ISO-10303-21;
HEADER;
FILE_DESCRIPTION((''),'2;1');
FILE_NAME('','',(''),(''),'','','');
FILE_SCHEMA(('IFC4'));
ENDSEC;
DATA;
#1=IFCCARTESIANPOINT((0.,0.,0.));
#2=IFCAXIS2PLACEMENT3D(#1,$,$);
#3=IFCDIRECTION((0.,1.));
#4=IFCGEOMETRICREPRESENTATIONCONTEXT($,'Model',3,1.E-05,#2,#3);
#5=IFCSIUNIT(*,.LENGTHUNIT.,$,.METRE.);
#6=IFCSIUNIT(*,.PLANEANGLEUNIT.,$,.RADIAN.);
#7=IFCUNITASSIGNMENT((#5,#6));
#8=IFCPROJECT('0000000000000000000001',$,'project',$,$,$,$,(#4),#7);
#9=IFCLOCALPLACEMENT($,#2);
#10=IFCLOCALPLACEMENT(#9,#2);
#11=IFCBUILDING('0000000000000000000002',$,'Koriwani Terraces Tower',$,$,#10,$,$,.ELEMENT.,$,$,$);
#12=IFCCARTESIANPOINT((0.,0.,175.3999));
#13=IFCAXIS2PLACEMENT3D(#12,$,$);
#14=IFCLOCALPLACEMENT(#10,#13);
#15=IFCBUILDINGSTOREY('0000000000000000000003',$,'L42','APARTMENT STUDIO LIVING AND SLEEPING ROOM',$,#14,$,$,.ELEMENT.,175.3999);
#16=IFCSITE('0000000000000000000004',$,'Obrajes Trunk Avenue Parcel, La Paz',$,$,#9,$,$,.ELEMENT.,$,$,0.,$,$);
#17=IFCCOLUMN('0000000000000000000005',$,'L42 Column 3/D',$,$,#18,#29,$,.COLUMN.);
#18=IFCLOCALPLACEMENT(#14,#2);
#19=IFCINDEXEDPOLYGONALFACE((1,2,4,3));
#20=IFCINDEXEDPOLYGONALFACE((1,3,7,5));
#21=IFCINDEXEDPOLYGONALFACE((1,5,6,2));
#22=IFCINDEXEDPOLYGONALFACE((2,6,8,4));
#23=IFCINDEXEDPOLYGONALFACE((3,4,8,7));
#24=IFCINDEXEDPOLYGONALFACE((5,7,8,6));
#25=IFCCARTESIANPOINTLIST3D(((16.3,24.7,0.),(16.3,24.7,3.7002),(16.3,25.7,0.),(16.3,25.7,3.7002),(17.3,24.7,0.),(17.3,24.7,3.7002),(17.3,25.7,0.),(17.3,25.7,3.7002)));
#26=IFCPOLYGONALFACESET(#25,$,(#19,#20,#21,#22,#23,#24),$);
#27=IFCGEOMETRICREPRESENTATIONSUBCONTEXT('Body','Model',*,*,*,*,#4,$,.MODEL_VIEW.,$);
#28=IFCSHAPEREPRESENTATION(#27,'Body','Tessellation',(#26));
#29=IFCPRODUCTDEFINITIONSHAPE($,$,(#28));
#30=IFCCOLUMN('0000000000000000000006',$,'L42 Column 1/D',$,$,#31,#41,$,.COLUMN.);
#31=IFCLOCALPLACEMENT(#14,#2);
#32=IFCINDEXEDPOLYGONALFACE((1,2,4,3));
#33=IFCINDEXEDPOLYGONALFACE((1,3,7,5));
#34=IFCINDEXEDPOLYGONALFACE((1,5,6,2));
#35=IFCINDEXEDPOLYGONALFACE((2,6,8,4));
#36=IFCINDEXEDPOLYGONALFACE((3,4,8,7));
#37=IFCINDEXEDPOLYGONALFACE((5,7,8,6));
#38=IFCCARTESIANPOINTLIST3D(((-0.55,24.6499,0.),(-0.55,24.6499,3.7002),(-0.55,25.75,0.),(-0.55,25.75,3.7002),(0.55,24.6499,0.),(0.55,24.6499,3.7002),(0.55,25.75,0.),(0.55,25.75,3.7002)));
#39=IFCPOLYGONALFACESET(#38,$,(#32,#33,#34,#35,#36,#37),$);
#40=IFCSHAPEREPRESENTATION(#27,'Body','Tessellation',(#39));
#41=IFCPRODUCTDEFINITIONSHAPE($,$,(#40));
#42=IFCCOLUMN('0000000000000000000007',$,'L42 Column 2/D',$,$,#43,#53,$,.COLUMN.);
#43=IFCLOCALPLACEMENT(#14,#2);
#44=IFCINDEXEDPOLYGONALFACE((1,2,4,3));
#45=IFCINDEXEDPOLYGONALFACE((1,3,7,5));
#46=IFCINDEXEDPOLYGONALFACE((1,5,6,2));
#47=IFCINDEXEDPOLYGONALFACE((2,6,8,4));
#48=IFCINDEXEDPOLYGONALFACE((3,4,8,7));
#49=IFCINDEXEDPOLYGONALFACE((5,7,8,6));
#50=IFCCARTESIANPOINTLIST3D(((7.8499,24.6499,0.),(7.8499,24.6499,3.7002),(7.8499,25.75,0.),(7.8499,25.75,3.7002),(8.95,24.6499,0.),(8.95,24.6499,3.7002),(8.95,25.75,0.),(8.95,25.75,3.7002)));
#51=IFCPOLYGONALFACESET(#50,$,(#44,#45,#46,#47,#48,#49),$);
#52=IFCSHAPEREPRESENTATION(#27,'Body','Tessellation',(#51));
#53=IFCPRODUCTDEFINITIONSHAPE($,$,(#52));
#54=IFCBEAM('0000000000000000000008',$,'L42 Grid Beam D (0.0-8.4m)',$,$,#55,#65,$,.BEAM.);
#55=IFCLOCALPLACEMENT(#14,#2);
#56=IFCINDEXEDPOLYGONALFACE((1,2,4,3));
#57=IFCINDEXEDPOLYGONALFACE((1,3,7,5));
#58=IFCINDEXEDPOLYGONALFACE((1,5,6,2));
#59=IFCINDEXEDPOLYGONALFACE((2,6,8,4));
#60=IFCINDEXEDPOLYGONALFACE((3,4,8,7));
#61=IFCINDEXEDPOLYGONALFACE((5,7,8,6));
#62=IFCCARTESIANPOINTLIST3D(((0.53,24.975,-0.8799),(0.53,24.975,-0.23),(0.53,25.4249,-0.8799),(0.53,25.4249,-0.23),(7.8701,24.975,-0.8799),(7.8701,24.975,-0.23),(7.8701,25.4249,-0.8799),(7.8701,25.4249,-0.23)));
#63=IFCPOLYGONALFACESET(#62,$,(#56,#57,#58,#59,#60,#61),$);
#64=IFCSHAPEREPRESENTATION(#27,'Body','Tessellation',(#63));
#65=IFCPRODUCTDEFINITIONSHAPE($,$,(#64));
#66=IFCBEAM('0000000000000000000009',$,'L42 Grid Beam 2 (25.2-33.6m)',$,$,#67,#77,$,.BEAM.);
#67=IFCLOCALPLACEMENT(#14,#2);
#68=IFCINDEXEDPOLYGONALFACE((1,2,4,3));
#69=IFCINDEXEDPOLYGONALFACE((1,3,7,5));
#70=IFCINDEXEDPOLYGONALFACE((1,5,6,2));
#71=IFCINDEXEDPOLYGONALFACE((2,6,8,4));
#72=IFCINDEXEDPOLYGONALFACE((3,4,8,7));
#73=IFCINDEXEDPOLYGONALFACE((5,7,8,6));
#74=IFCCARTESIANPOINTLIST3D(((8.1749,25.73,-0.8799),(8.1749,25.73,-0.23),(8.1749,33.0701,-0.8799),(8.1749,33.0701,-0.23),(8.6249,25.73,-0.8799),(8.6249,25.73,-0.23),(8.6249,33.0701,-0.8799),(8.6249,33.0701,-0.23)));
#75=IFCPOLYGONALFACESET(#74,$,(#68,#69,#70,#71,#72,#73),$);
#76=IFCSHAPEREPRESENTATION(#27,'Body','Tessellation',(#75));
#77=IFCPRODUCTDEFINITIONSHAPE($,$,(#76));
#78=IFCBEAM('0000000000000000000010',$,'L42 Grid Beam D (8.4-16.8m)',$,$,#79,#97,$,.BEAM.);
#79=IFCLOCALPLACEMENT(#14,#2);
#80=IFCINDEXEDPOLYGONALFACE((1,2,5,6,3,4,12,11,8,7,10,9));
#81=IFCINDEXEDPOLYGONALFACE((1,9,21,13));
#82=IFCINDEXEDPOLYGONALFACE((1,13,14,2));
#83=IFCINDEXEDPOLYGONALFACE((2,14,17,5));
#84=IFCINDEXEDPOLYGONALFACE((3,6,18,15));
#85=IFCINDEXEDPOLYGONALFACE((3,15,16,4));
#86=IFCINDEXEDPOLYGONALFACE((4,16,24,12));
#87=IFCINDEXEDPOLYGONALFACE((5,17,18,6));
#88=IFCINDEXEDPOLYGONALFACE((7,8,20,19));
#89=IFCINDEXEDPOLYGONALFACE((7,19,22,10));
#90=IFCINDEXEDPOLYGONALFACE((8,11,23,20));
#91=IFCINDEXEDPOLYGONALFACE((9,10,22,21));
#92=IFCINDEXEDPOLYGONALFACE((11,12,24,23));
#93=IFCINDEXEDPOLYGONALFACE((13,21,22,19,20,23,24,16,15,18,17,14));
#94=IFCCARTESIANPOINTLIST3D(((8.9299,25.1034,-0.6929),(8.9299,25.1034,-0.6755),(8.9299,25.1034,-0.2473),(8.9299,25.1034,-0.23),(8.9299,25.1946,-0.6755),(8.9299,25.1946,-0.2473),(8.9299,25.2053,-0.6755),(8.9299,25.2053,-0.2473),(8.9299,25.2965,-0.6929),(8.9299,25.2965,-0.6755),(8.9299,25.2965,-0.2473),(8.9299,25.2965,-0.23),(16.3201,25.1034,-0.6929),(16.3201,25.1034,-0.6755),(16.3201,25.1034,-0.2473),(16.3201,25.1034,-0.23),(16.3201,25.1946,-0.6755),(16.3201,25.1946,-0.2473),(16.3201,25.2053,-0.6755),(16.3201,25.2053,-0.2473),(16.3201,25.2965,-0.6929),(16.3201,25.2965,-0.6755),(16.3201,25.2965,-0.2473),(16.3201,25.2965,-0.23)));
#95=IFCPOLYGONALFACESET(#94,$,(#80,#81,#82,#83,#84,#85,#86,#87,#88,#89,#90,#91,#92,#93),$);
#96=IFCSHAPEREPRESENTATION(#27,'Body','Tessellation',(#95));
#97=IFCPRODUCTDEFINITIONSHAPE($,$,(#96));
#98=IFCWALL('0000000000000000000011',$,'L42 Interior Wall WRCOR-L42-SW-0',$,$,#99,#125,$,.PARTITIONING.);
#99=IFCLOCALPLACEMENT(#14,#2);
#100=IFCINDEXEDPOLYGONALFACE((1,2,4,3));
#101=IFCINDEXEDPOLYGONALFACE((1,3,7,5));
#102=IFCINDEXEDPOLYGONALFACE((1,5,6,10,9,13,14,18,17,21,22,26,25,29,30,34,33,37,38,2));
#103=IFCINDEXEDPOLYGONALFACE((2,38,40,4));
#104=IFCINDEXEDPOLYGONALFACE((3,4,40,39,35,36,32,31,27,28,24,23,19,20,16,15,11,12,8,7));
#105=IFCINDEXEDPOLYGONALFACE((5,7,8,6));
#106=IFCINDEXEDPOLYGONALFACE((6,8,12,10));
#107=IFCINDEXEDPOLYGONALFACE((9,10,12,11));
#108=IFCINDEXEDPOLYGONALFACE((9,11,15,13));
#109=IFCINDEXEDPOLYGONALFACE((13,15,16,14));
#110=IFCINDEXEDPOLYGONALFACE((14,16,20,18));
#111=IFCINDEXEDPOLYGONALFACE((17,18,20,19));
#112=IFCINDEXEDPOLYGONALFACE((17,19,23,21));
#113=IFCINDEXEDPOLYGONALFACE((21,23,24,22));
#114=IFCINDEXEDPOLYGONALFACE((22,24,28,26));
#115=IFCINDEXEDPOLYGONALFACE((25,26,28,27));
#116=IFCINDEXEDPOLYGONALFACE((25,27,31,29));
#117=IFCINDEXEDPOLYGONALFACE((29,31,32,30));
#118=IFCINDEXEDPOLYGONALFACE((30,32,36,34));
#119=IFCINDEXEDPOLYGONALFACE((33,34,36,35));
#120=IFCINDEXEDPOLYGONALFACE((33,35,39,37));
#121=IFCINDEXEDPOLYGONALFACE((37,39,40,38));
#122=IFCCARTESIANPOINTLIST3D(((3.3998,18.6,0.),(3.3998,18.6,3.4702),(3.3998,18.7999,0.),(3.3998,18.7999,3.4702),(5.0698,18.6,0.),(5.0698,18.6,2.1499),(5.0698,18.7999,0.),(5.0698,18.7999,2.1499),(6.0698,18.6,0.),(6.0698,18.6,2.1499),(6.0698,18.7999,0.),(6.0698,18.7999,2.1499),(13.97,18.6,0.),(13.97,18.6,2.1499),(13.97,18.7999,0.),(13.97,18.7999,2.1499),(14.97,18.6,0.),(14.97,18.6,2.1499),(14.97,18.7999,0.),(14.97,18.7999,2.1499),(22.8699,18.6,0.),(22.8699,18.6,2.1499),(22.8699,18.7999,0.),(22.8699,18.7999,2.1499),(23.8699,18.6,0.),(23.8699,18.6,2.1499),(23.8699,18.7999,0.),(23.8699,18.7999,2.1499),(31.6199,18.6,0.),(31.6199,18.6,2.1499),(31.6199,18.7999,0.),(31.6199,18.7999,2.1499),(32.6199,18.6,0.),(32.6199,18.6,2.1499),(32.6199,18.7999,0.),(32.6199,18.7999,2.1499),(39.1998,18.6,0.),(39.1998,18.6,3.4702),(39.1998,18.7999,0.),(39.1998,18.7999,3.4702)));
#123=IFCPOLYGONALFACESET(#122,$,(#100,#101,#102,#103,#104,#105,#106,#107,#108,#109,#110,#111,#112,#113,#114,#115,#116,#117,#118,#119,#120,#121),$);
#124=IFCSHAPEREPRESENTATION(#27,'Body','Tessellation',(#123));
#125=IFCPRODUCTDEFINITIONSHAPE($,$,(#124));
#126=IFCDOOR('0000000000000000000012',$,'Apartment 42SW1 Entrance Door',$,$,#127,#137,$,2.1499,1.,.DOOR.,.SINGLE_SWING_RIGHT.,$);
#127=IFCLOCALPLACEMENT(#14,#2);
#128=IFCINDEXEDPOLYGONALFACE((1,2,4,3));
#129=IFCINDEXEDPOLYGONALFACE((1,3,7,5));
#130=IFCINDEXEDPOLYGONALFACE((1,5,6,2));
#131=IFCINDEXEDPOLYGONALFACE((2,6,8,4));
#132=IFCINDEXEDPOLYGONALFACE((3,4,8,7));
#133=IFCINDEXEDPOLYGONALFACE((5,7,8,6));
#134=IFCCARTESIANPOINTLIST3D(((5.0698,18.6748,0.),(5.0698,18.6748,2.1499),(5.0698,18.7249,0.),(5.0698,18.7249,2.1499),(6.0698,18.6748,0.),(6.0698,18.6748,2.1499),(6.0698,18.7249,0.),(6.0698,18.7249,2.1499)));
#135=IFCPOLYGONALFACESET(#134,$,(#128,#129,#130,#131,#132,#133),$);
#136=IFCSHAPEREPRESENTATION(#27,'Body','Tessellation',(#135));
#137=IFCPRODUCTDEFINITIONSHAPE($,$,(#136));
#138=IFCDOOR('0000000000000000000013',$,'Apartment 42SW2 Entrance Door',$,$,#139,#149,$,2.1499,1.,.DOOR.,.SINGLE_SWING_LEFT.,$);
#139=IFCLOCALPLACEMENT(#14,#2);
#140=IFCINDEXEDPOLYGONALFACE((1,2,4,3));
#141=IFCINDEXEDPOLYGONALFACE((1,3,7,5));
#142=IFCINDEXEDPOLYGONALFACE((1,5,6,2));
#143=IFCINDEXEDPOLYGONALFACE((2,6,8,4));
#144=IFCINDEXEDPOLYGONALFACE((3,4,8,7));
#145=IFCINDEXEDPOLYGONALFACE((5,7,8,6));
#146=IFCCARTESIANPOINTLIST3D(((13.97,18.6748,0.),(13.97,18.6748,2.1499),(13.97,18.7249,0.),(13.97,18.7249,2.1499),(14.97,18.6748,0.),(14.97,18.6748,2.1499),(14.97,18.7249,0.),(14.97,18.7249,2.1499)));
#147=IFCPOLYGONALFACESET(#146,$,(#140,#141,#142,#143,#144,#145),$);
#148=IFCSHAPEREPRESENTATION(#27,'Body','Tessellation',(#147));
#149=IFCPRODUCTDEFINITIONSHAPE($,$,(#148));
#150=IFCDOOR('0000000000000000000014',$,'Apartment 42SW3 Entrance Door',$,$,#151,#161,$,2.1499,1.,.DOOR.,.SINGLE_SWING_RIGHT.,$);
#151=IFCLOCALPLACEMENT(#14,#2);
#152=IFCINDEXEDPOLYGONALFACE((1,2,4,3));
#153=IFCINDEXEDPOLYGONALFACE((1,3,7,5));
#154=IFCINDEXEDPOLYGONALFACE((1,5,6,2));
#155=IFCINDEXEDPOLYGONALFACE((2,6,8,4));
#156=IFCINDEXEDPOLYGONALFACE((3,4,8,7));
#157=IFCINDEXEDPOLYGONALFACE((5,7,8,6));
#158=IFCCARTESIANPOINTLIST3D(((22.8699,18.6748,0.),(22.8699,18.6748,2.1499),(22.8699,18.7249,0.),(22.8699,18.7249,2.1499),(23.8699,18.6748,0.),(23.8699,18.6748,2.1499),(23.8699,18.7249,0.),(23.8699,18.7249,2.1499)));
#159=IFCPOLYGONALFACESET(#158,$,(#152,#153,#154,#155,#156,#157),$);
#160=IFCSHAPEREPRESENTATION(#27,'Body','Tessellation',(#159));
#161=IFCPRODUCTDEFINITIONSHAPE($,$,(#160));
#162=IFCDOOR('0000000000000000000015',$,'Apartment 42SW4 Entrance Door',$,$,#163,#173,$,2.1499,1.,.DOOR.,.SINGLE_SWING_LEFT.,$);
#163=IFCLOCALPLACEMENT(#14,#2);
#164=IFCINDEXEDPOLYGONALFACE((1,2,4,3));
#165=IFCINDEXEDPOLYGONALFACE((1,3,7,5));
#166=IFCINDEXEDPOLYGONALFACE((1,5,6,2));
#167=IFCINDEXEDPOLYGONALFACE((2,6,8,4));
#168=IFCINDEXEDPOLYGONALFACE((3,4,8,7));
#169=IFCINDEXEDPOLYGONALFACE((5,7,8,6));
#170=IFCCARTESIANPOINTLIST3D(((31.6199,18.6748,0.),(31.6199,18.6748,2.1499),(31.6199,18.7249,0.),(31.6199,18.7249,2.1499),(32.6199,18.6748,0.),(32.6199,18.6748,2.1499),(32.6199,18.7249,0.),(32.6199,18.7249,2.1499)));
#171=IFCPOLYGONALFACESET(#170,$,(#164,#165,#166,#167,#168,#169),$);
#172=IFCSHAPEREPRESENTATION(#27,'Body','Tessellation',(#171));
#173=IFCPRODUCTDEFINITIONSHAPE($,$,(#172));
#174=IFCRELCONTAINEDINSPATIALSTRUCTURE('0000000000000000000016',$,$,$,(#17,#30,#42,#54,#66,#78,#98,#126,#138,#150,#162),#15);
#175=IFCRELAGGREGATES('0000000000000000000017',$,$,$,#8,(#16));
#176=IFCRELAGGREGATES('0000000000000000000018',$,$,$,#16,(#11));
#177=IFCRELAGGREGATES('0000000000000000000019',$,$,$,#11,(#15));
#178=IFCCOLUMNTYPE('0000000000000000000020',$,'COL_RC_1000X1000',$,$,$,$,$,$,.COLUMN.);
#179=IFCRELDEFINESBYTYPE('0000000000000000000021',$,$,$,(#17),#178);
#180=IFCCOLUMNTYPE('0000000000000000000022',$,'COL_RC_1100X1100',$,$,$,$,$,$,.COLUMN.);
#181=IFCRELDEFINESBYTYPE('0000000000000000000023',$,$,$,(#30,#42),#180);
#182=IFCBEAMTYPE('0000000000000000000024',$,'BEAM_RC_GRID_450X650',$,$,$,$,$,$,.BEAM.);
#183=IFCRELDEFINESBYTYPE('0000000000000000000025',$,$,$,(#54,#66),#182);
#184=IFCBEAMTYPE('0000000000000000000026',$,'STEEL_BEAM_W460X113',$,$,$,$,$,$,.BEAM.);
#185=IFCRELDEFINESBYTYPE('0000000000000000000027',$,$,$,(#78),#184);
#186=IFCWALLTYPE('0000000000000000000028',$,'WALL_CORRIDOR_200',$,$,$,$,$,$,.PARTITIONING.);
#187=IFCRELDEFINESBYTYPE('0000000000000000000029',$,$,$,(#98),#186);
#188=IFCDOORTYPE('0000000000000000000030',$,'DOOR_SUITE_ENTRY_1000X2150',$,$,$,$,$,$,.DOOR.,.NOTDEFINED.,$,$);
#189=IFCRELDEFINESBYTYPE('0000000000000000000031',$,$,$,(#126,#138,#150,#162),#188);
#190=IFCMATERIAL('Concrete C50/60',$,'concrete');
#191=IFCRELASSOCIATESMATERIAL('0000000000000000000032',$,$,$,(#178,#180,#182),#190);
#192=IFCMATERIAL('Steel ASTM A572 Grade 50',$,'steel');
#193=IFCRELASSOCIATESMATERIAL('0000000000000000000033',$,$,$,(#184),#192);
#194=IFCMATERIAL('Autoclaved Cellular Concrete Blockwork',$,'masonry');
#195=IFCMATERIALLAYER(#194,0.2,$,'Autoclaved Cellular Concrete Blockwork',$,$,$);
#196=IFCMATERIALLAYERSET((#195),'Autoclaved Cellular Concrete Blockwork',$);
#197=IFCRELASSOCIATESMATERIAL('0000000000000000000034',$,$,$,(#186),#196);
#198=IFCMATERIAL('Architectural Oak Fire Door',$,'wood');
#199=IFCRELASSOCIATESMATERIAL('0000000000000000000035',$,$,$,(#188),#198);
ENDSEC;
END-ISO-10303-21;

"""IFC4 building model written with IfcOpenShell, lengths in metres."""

from ifc_helpers import new_model, si_unit, direction, frame, frame_2d, origin, origin_2d, place, context, subcontext, project, spatial, rectangle, i_section, extrude, material, layer, layer_set, material_profile, profile_set, type_object, element, fill, save


model = new_model("IFC4")

# Units and contexts
model_context = context("Model", 3, precision=1e-05, world=origin(), true_north=direction((0.0, 1.0)))
body_context = subcontext(model_context, "Body", "Model", "MODEL_VIEW")
ifc_project = project(units=[si_unit("LENGTHUNIT", "METRE"), si_unit("PLANEANGLEUNIT", "RADIAN")], contexts=[model_context])

# Site, building, storey
site_placement = place(None, origin())
site = spatial("IfcSite", under=ifc_project, at=site_placement, Name="Obrajes Trunk Avenue Parcel, La Paz", CompositionType="ELEMENT", RefElevation=0.0)
building_placement = place(site_placement, origin())
building = spatial("IfcBuilding", under=site, at=building_placement, Name="Koriwani Terraces Tower", CompositionType="ELEMENT")
storey_placement = place(building_placement, frame((0.0, 0.0, 175.3999)))
storey = spatial("IfcBuildingStorey", under=building, at=storey_placement, Name="L42", Description="APARTMENT STUDIO LIVING AND SLEEPING ROOM", CompositionType="ELEMENT", Elevation=175.3999)

# Columns
ifc_material_1 = material(Name="Concrete C50/60", Category="concrete")
ifc_material_profile_1 = material_profile(ifc_material_1, rectangle(XDim=1.0, YDim=1.0, at=origin_2d()), Name="Concrete C50/60", Category="LoadBearing")
ifc_profile_set_1 = profile_set([ifc_material_profile_1], Name="Concrete C50/60")
column_type_1 = type_object("IfcColumnType", Name="COL_RC_1000X1000", PredefinedType="COLUMN", material=ifc_profile_set_1)
column_placement = place(storey_placement, frame((16.8, 25.2, 0.0), z_axis=(0.0, 0.0, 1.0), x_axis=(1.0, 0.0, 0.0)))
element("IfcColumn", 1, at=column_placement, inside=storey, type_object=column_type_1, Name="L42 Column 3/D", PredefinedType="COLUMN", context=body_context, shape_type="SweptSolid", body=[
    extrude(rectangle(XDim=1.0, YDim=1.0, at=origin_2d()), origin(), (0.0, 0.0, 1.0), 3.7002),
])
ifc_material_profile_2 = material_profile(ifc_material_1, rectangle(XDim=1.1001, YDim=1.1001, at=origin_2d()), Name="Concrete C50/60", Category="LoadBearing")
ifc_profile_set_2 = profile_set([ifc_material_profile_2], Name="Concrete C50/60")
column_type_2 = type_object("IfcColumnType", Name="COL_RC_1100X1100", PredefinedType="COLUMN", material=ifc_profile_set_2)
for number, where, z_axis, x_axis, name in (
    (2, (0.0, 25.2, 0.0), (0.0, 0.0, 1.0), (1.0, 0.0, 0.0), "L42 Column 1/D"),
    (3, (8.3999, 25.2, 0.0), (0.0, 0.0, 1.0), (1.0, 0.0, 0.0), "L42 Column 2/D"),
):
    element("IfcColumn", number, at=place(storey_placement, frame(where, z_axis=z_axis, x_axis=x_axis)), inside=storey, type_object=column_type_2, Name=name, PredefinedType="COLUMN", context=body_context, shape_type="SweptSolid", body=[
        extrude(rectangle(XDim=1.1001, YDim=1.1001, at=origin_2d()), origin(), (0.0, 0.0, 1.0), 3.7002),
    ])

# Beams
ifc_material_profile_3 = material_profile(ifc_material_1, rectangle(XDim=0.45, YDim=0.6499, at=origin_2d()), Name="Concrete C50/60", Category="LoadBearing")
ifc_profile_set_3 = profile_set([ifc_material_profile_3], Name="Concrete C50/60")
beam_type_1 = type_object("IfcBeamType", Name="BEAM_RC_GRID_450X650", PredefinedType="BEAM", material=ifc_profile_set_3)
for number, where, z_axis, x_axis, name in (
    (4, (0.53, 25.2, -0.5549), (1.0, 0.0, 0.0), (0.0, 1.0, 0.0), "L42 Grid Beam D (0.0-8.4m)"),
    (5, (8.3999, 25.73, -0.5549), (0.0, 1.0, 0.0), (-1.0, 0.0, 0.0), "L42 Grid Beam 2 (25.2-33.6m)"),
):
    element("IfcBeam", number, at=place(storey_placement, frame(where, z_axis=z_axis, x_axis=x_axis)), inside=storey, type_object=beam_type_1, Name=name, PredefinedType="BEAM", context=body_context, shape_type="SweptSolid", body=[
        extrude(rectangle(XDim=0.45, YDim=0.6499, at=origin_2d()), origin(), (0.0, 0.0, 1.0), 7.3401),
    ])
ifc_material_2 = material(Name="Steel ASTM A572 Grade 50", Category="steel")
ifc_material_profile_4 = material_profile(ifc_material_2, i_section(OverallWidth=0.1931, OverallDepth=0.4629, WebThickness=0.0107, FlangeThickness=0.0173, at=origin_2d()), Name="Steel ASTM A572 Grade 50", Category="LoadBearing")
ifc_profile_set_4 = profile_set([ifc_material_profile_4], Name="Steel ASTM A572 Grade 50")
beam_type_2 = type_object("IfcBeamType", Name="STEEL_BEAM_W460X113", PredefinedType="BEAM", material=ifc_profile_set_4)
beam_placement = place(storey_placement, frame((8.9299, 25.2, -0.4614), z_axis=(1.0, 0.0, 0.0), x_axis=(0.0, 1.0, 0.0)))
element("IfcBeam", 6, at=beam_placement, inside=storey, type_object=beam_type_2, Name="L42 Grid Beam D (8.4-16.8m)", PredefinedType="BEAM", context=body_context, shape_type="SweptSolid", body=[
    extrude(i_section(OverallWidth=0.1931, OverallDepth=0.4629, WebThickness=0.0107, FlangeThickness=0.0173, at=origin_2d()), origin(), (0.0, 0.0, 1.0), 7.3901),
])

# Wall, openings, doors
ifc_material_3 = material(Name="Autoclaved Cellular Concrete Blockwork", Category="masonry")
ifc_layer_1 = layer(ifc_material_3, 0.2, Name="Autoclaved Cellular Concrete Blockwork")
ifc_layer_set_1 = layer_set([ifc_layer_1], Name="Autoclaved Cellular Concrete Blockwork")
wall_type_1 = type_object("IfcWallType", Name="WALL_CORRIDOR_200", PredefinedType="PARTITIONING", material=ifc_layer_set_1)
wall_1_placement = place(storey_placement, frame((3.3999, 18.7, 0.0), z_axis=(0.0, 0.0, 1.0), x_axis=(1.0, 0.0, 0.0)))
wall_1 = element("IfcWall", 7, at=wall_1_placement, inside=storey, type_object=wall_type_1, Name="L42 Interior Wall WRCOR-L42-SW-0", PredefinedType="PARTITIONING", context=body_context, shape_type="SweptSolid", body=[
    extrude(rectangle(XDim=35.8, YDim=0.2, at=frame_2d((17.8999, 0.0))), origin(), (0.0, 0.0, 1.0), 3.4702),
])
opening_1_placement = place(wall_1_placement, frame((1.6699, 0.0, 0.0)))
opening_1 = element("IfcOpeningElement", 8, at=opening_1_placement, cuts=wall_1, PredefinedType="OPENING", context=body_context, shape_type="SweptSolid", body=[
    extrude(rectangle(XDim=1.0, YDim=2.1499, at=frame_2d((0.5, 1.075))), frame((0.0, 0.1099, 0.0), z_axis=(0.0, -1.0, 0.0), x_axis=(1.0, 0.0, 0.0)), (0.0, 0.0, 1.0), 0.22),
])
opening_2_placement = place(wall_1_placement, frame((10.5701, 0.0, 0.0)))
opening_2 = element("IfcOpeningElement", 9, at=opening_2_placement, cuts=wall_1, PredefinedType="OPENING", context=body_context, shape_type="SweptSolid", body=[
    extrude(rectangle(XDim=1.0, YDim=2.1499, at=frame_2d((0.5, 1.075))), frame((0.0, 0.1099, 0.0), z_axis=(0.0, -1.0, 0.0), x_axis=(1.0, 0.0, 0.0)), (0.0, 0.0, 1.0), 0.22),
])
opening_3_placement = place(wall_1_placement, frame((19.47, 0.0, 0.0)))
opening_3 = element("IfcOpeningElement", 10, at=opening_3_placement, cuts=wall_1, PredefinedType="OPENING", context=body_context, shape_type="SweptSolid", body=[
    extrude(rectangle(XDim=1.0, YDim=2.1499, at=frame_2d((0.5, 1.075))), frame((0.0, 0.1099, 0.0), z_axis=(0.0, -1.0, 0.0), x_axis=(1.0, 0.0, 0.0)), (0.0, 0.0, 1.0), 0.22),
])
opening_4_placement = place(wall_1_placement, frame((28.22, 0.0, 0.0)))
opening_4 = element("IfcOpeningElement", 11, at=opening_4_placement, cuts=wall_1, PredefinedType="OPENING", context=body_context, shape_type="SweptSolid", body=[
    extrude(rectangle(XDim=1.0, YDim=2.1499, at=frame_2d((0.5, 1.075))), frame((0.0, 0.1099, 0.0), z_axis=(0.0, -1.0, 0.0), x_axis=(1.0, 0.0, 0.0)), (0.0, 0.0, 1.0), 0.22),
])
ifc_material_4 = material(Name="Architectural Oak Fire Door", Category="wood")
door_type_1 = type_object("IfcDoorType", Name="DOOR_SUITE_ENTRY_1000X2150", OperationType="NOTDEFINED", PredefinedType="DOOR", material=ifc_material_4)
door_1_placement = place(opening_1_placement, origin())
door_1 = element("IfcDoor", 12, at=door_1_placement, inside=storey, type_object=door_type_1, Name="Apartment 42SW1 Entrance Door", OperationType="SINGLE_SWING_RIGHT", OverallHeight=2.1499, OverallWidth=1.0, PredefinedType="DOOR", context=body_context, shape_type="SweptSolid", body=[
    extrude(rectangle(XDim=1.0, YDim=2.1499, at=frame_2d((0.5, 1.075))), frame((0.0, 0.0249, 0.0), z_axis=(0.0, -1.0, 0.0), x_axis=(1.0, 0.0, 0.0)), (0.0, 0.0, 1.0), 0.05),
])
fill(opening_1, door_1)
door_2_placement = place(opening_2_placement, origin())
door_2 = element("IfcDoor", 13, at=door_2_placement, inside=storey, type_object=door_type_1, Name="Apartment 42SW2 Entrance Door", OperationType="SINGLE_SWING_LEFT", OverallHeight=2.1499, OverallWidth=1.0, PredefinedType="DOOR", context=body_context, shape_type="SweptSolid", body=[
    extrude(rectangle(XDim=1.0, YDim=2.1499, at=frame_2d((0.5, 1.075))), frame((0.0, 0.0249, 0.0), z_axis=(0.0, -1.0, 0.0), x_axis=(1.0, 0.0, 0.0)), (0.0, 0.0, 1.0), 0.05),
])
fill(opening_2, door_2)
door_3_placement = place(opening_3_placement, origin())
door_3 = element("IfcDoor", 14, at=door_3_placement, inside=storey, type_object=door_type_1, Name="Apartment 42SW3 Entrance Door", OperationType="SINGLE_SWING_RIGHT", OverallHeight=2.1499, OverallWidth=1.0, PredefinedType="DOOR", context=body_context, shape_type="SweptSolid", body=[
    extrude(rectangle(XDim=1.0, YDim=2.1499, at=frame_2d((0.5, 1.075))), frame((0.0, 0.0249, 0.0), z_axis=(0.0, -1.0, 0.0), x_axis=(1.0, 0.0, 0.0)), (0.0, 0.0, 1.0), 0.05),
])
fill(opening_3, door_3)
door_4_placement = place(opening_4_placement, origin())
door_4 = element("IfcDoor", 15, at=door_4_placement, inside=storey, type_object=door_type_1, Name="Apartment 42SW4 Entrance Door", OperationType="SINGLE_SWING_LEFT", OverallHeight=2.1499, OverallWidth=1.0, PredefinedType="DOOR", context=body_context, shape_type="SweptSolid", body=[
    extrude(rectangle(XDim=1.0, YDim=2.1499, at=frame_2d((0.5, 1.075))), frame((0.0, 0.0249, 0.0), z_axis=(0.0, -1.0, 0.0), x_axis=(1.0, 0.0, 0.0)), (0.0, 0.0, 1.0), 0.05),
])
fill(opening_4, door_4)

save(model, "model.ifc")
